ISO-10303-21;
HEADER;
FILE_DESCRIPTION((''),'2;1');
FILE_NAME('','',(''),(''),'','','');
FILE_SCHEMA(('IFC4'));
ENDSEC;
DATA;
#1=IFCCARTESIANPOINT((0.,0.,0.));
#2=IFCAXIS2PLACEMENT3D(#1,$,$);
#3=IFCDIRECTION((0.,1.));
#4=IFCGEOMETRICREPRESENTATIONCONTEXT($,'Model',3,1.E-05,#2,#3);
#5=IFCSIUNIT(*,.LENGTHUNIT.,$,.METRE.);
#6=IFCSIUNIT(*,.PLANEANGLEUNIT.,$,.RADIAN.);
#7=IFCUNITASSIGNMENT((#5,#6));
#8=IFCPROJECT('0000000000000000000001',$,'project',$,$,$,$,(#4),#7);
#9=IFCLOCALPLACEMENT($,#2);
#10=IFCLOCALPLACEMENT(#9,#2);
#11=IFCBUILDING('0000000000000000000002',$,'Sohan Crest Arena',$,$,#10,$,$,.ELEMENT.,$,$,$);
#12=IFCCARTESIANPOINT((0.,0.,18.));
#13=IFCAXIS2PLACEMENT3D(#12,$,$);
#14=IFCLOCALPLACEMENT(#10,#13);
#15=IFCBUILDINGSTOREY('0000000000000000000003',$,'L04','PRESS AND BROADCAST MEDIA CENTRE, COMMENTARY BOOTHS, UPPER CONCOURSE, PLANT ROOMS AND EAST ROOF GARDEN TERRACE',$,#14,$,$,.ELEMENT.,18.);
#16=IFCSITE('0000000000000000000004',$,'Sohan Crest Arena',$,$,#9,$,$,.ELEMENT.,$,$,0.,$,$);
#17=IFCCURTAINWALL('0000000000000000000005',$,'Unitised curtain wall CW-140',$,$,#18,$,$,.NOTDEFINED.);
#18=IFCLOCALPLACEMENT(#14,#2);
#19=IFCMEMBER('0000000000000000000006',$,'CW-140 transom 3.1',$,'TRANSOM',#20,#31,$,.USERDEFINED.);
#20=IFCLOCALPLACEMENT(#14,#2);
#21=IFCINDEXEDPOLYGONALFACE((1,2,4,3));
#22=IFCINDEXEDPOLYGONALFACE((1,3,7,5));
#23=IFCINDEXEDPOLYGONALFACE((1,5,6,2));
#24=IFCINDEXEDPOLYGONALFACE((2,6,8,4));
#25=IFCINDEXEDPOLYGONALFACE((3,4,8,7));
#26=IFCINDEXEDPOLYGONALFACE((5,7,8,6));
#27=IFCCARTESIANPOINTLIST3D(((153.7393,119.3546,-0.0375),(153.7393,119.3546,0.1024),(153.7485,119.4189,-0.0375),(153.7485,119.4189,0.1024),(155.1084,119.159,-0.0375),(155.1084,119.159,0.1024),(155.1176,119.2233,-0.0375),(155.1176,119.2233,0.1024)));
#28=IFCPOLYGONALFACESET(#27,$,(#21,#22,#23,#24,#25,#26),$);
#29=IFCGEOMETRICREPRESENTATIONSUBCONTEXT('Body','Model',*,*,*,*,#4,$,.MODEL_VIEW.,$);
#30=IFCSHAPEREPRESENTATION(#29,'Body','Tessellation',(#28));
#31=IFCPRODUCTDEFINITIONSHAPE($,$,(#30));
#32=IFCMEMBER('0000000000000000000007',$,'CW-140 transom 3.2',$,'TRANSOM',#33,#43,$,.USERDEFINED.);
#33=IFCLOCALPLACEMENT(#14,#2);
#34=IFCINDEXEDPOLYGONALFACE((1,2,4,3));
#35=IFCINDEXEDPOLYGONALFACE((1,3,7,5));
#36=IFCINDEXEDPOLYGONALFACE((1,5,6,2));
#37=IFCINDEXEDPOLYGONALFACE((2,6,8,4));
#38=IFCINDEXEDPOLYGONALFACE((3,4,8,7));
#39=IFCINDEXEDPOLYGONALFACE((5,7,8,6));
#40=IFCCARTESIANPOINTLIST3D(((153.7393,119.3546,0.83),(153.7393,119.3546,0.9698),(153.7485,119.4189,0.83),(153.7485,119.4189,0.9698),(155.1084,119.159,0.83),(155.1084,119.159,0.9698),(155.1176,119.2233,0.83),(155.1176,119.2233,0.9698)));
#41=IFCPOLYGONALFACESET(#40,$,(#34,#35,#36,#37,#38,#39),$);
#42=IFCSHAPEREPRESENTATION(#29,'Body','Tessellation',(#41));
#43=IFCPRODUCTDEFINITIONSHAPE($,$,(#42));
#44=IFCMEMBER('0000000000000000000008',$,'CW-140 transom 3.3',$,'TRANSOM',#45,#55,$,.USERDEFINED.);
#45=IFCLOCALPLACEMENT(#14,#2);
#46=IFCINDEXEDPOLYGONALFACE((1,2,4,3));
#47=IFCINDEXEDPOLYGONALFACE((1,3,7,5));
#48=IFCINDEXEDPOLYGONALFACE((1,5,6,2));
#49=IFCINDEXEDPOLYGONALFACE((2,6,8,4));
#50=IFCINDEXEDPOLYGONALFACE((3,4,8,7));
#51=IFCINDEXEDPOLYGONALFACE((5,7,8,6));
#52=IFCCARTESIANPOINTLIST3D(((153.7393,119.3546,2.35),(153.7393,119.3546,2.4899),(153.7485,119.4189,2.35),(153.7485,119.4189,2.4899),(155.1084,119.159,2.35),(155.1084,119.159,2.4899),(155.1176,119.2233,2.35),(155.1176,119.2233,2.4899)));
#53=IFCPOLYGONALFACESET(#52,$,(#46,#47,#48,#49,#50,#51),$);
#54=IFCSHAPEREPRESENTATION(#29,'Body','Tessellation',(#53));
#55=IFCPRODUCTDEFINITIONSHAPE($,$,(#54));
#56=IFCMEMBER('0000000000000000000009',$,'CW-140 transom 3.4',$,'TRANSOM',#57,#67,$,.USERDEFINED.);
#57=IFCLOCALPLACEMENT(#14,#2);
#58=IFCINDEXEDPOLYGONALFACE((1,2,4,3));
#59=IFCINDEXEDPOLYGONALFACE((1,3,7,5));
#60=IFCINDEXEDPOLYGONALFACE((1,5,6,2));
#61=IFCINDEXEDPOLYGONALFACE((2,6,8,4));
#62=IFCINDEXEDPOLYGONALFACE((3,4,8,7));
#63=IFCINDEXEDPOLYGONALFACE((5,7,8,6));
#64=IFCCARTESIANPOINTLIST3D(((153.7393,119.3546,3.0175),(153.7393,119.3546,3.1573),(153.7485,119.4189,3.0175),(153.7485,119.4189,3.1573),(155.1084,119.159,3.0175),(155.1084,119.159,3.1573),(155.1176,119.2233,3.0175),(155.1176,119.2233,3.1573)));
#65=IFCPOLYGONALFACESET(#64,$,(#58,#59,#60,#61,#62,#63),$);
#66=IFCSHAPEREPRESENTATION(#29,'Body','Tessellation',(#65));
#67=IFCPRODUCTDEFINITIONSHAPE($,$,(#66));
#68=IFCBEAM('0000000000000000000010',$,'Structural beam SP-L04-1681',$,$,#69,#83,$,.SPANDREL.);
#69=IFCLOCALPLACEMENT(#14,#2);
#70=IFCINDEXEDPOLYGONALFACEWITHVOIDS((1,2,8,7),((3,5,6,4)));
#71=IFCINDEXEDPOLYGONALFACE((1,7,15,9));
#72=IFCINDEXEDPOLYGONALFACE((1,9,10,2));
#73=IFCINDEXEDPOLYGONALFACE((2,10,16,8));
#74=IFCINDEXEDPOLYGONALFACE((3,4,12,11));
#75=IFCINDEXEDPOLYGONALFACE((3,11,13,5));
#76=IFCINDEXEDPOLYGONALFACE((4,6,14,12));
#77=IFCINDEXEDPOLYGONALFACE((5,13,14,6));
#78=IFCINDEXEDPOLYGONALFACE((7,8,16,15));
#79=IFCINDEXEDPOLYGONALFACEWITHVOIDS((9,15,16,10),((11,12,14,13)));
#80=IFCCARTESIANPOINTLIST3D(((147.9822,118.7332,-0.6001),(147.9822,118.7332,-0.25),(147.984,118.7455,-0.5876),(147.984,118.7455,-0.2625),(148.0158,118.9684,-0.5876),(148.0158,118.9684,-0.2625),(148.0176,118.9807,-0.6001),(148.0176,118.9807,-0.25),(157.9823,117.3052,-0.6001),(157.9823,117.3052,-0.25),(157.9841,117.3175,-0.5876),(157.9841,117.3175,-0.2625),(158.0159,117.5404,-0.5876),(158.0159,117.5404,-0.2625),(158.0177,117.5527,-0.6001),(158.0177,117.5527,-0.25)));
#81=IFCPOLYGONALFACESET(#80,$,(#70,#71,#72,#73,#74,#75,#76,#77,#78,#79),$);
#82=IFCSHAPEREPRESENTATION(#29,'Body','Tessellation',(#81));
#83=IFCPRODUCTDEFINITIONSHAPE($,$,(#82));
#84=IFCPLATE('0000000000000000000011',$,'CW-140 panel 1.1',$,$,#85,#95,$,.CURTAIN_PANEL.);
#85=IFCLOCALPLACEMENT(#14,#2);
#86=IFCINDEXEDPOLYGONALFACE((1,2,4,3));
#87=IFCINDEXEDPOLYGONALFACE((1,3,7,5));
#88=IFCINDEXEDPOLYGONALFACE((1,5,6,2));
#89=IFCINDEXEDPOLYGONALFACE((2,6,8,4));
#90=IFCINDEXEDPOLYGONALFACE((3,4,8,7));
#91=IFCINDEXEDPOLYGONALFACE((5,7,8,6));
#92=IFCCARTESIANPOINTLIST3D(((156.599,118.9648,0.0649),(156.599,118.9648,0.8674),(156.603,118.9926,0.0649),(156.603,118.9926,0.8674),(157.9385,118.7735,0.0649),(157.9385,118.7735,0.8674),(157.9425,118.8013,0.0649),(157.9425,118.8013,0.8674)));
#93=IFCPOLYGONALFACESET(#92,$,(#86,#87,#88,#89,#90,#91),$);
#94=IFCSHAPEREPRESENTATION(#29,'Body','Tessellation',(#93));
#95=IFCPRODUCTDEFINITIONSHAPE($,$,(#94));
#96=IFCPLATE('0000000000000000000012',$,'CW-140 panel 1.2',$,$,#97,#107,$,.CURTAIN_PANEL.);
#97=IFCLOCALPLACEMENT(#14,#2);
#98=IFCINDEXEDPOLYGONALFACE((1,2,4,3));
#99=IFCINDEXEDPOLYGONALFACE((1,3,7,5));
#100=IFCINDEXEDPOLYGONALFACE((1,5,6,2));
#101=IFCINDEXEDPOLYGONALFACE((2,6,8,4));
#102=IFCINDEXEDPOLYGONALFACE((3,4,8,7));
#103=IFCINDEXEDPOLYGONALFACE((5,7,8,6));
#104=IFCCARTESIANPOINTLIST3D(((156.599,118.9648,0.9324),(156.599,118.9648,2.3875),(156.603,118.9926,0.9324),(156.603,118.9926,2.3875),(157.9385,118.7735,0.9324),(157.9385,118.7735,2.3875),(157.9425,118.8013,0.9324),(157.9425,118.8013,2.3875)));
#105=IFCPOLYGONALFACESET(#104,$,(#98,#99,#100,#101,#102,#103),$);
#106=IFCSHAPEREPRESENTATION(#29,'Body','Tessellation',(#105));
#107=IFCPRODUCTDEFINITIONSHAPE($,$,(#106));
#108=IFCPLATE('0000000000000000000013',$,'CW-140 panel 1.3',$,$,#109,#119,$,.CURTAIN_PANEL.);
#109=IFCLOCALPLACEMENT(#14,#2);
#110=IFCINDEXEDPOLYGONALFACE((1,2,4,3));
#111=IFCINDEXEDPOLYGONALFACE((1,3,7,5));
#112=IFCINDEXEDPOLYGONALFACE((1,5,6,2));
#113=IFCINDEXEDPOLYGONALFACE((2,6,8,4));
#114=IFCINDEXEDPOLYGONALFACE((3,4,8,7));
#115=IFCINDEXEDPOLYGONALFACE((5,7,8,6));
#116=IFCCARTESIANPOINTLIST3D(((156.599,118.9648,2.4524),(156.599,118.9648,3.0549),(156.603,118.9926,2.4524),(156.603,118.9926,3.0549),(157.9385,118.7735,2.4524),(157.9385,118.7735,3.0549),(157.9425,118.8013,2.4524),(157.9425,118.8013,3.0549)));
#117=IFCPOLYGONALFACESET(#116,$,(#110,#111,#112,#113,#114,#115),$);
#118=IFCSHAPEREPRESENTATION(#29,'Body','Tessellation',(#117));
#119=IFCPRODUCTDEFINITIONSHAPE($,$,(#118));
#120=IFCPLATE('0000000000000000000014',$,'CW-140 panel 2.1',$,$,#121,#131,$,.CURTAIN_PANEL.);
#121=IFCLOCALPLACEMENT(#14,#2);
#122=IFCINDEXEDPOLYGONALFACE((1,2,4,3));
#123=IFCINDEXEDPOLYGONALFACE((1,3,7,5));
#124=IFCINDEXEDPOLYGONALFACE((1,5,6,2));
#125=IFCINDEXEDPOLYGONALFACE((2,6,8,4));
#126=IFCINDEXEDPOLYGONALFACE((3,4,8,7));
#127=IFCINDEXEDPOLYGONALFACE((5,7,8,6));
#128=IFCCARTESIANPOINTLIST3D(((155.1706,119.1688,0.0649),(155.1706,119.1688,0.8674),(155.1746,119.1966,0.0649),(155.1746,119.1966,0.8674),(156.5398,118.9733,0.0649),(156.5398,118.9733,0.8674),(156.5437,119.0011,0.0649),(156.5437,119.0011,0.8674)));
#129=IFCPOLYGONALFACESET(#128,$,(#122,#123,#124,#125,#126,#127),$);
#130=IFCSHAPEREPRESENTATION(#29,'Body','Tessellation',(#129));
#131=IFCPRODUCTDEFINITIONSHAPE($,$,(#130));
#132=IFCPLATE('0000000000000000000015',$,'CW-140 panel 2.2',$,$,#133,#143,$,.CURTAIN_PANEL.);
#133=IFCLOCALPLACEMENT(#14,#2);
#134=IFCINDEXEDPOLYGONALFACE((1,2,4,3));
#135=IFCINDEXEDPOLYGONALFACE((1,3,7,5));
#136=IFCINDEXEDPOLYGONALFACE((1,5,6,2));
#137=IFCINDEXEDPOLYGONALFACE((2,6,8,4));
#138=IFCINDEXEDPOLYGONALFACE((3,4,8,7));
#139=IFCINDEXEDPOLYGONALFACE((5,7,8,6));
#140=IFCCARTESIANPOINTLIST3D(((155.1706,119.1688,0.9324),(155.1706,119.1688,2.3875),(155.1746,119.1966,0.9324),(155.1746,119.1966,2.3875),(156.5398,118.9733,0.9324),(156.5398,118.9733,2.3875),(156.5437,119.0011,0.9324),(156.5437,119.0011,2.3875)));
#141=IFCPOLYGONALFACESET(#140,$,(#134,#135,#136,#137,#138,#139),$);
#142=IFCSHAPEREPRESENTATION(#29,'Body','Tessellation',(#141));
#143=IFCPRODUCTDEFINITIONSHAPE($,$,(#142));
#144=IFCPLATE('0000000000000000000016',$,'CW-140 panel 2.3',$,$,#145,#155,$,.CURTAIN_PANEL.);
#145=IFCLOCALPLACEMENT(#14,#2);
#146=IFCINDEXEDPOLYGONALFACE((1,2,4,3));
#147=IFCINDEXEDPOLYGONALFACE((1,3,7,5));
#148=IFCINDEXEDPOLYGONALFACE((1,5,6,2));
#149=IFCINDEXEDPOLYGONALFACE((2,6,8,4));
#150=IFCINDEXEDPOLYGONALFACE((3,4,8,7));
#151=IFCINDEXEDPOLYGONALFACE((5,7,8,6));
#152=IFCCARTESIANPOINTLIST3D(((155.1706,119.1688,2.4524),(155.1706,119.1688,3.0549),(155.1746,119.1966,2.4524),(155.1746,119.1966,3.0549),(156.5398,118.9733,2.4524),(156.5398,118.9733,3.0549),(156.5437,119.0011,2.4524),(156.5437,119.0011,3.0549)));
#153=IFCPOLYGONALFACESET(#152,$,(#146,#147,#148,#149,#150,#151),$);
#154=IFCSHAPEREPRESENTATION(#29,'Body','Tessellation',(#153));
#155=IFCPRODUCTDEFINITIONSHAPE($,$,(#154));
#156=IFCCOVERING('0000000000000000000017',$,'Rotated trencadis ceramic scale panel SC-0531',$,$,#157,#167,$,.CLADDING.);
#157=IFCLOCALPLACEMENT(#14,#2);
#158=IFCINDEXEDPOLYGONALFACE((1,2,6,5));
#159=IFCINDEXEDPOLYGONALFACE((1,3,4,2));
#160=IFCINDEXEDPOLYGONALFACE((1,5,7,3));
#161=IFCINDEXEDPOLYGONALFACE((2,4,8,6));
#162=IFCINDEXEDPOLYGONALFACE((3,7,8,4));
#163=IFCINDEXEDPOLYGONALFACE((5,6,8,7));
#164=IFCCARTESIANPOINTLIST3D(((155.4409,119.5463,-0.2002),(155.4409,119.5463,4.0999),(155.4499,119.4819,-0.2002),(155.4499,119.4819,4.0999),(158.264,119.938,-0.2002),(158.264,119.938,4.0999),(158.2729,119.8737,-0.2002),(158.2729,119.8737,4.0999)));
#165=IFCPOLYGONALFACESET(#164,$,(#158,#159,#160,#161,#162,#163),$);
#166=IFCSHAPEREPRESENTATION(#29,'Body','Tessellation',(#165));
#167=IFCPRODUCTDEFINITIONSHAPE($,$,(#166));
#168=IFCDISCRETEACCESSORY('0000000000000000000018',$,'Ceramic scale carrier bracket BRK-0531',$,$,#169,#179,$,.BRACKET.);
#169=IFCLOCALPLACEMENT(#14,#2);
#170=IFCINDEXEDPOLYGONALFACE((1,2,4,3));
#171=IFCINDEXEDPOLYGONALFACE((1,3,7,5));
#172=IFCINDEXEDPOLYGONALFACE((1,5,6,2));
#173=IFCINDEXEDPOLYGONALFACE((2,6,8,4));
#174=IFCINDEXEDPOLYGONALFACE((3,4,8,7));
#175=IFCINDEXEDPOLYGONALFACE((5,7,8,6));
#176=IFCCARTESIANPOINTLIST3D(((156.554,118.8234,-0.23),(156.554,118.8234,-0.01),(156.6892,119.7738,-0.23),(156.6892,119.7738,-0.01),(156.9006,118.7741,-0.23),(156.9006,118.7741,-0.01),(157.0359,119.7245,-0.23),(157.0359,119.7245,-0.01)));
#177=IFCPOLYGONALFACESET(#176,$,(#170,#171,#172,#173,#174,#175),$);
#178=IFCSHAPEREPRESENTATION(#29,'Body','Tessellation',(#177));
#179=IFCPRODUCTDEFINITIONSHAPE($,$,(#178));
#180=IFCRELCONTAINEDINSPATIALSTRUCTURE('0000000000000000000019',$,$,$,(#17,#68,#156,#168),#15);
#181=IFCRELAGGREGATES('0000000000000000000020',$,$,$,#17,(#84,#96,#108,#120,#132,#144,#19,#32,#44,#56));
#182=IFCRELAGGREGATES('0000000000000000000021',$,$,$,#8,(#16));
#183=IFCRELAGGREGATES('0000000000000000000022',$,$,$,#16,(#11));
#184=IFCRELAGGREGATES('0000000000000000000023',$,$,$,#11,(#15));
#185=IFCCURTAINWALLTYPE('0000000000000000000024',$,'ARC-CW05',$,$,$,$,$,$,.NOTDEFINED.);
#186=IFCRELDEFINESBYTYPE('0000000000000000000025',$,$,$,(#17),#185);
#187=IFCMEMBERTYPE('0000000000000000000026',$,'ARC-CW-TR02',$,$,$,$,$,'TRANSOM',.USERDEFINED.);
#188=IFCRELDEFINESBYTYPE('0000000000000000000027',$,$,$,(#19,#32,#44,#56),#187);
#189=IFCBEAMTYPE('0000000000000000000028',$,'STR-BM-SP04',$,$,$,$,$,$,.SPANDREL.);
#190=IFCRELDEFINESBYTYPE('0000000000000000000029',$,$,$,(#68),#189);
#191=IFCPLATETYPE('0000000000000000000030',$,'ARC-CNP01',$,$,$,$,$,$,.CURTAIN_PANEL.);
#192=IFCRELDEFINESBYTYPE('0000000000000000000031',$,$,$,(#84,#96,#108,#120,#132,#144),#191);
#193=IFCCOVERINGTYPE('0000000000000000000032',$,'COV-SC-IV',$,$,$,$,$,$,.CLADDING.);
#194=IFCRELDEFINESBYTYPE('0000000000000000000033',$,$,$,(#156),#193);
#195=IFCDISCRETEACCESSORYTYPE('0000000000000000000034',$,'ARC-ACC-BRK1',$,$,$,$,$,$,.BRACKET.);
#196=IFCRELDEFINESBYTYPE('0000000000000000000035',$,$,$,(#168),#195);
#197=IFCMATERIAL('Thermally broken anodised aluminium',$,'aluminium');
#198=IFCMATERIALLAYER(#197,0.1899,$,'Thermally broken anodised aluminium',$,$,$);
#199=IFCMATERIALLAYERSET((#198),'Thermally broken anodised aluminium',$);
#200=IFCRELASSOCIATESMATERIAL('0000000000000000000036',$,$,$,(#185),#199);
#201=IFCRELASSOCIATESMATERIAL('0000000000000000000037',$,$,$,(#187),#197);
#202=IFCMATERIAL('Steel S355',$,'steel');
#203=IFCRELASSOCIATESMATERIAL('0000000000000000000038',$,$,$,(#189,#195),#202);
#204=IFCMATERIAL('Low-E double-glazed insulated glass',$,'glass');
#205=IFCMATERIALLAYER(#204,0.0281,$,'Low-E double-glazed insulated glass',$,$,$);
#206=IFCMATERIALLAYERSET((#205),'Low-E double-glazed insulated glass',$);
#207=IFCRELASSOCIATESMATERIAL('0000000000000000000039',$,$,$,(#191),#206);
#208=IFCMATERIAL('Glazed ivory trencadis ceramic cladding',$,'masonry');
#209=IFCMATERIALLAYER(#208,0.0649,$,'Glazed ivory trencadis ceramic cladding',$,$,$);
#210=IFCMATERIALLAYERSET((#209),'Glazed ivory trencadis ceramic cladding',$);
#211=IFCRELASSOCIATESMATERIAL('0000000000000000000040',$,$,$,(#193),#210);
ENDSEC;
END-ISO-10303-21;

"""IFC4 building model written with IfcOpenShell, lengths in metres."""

from ifc_helpers import new_model, si_unit, direction, frame, origin, origin_2d, place, context, subcontext, project, spatial, rectangle, hollow_rectangle, extrude, material, layer, layer_set, material_profile, profile_set, type_object, element, aggregate, save


model = new_model("IFC4")

# Units and contexts
model_context = context("Model", 3, precision=1e-05, world=origin(), true_north=direction((0.0, 1.0)))
body_context = subcontext(model_context, "Body", "Model", "MODEL_VIEW")
ifc_project = project(units=[si_unit("LENGTHUNIT", "METRE"), si_unit("PLANEANGLEUNIT", "RADIAN")], contexts=[model_context])

# Site, building, storey
site_placement = place(None, origin())
site = spatial("IfcSite", under=ifc_project, at=site_placement, Name="Sohan Crest Arena", CompositionType="ELEMENT", RefElevation=0.0)
building_placement = place(site_placement, origin())
building = spatial("IfcBuilding", under=site, at=building_placement, Name="Sohan Crest Arena", CompositionType="ELEMENT")
storey_placement = place(building_placement, frame((0.0, 0.0, 18.0)))
storey = spatial("IfcBuildingStorey", under=building, at=storey_placement, Name="L04", Description="PRESS AND BROADCAST MEDIA CENTRE, COMMENTARY BOOTHS, UPPER CONCOURSE, PLANT ROOMS AND EAST ROOF GARDEN TERRACE", CompositionType="ELEMENT", Elevation=18.0)

# Shared definitions
ifc_material_1 = material(Name="Steel S355", Category="steel")

# Curtain wall
ifc_material_2 = material(Name="Thermally broken anodised aluminium", Category="aluminium")
ifc_layer_1 = layer(ifc_material_2, 0.1899, Name="Thermally broken anodised aluminium")
ifc_layer_set_1 = layer_set([ifc_layer_1], Name="Thermally broken anodised aluminium")
curtain_wall_type_1 = type_object("IfcCurtainWallType", Name="ARC-CW05", PredefinedType="NOTDEFINED", material=ifc_layer_set_1)
curtain_wall_1_placement = place(storey_placement, origin())
curtain_wall_1 = element("IfcCurtainWall", 1, at=curtain_wall_1_placement, inside=storey, type_object=curtain_wall_type_1, Name="Unitised curtain wall CW-140", PredefinedType="NOTDEFINED")

# Members
ifc_material_profile_1 = material_profile(ifc_material_2, rectangle(XDim=0.0649, YDim=0.1399, at=origin_2d()), Name="ALU-TRAN 65x140")
ifc_profile_set_1 = profile_set([ifc_material_profile_1], Name="Thermally broken anodised aluminium")
member_type_1 = type_object("IfcMemberType", Name="ARC-CW-TR02", ElementType="TRANSOM", PredefinedType="USERDEFINED", material=ifc_profile_set_1)
member_1_placement = place(storey_placement, frame((155.113, 119.1912, 0.0325), z_axis=(-0.989953, 0.141397, 0.0), x_axis=(-0.141397, -0.989953, 0.0)))
member_1 = element("IfcMember", 2, at=member_1_placement, type_object=member_type_1, Name="CW-140 transom 3.1", ObjectType="TRANSOM", PredefinedType="USERDEFINED", context=body_context, shape_type="SweptSolid", body=[
    extrude(rectangle(XDim=0.0649, YDim=0.1399, at=origin_2d()), origin(), (0.0, 0.0, 1.0), 1.3831),
])
member_2_placement = place(storey_placement, frame((155.113, 119.1912, 0.8999), z_axis=(-0.989953, 0.141397, 0.0), x_axis=(-0.141397, -0.989953, 0.0)))
member_2 = element("IfcMember", 3, at=member_2_placement, type_object=member_type_1, Name="CW-140 transom 3.2", ObjectType="TRANSOM", PredefinedType="USERDEFINED", context=body_context, shape_type="SweptSolid", body=[
    extrude(rectangle(XDim=0.0649, YDim=0.1399, at=origin_2d()), origin(), (0.0, 0.0, 1.0), 1.3831),
])
member_3_placement = place(storey_placement, frame((155.113, 119.1912, 2.4199), z_axis=(-0.989953, 0.141397, 0.0), x_axis=(-0.141397, -0.989953, 0.0)))
member_3 = element("IfcMember", 4, at=member_3_placement, type_object=member_type_1, Name="CW-140 transom 3.3", ObjectType="TRANSOM", PredefinedType="USERDEFINED", context=body_context, shape_type="SweptSolid", body=[
    extrude(rectangle(XDim=0.0649, YDim=0.1399, at=origin_2d()), origin(), (0.0, 0.0, 1.0), 1.3831),
])
member_4_placement = place(storey_placement, frame((155.113, 119.1912, 3.0874), z_axis=(-0.989953, 0.141397, 0.0), x_axis=(-0.141397, -0.989953, 0.0)))
member_4 = element("IfcMember", 5, at=member_4_placement, type_object=member_type_1, Name="CW-140 transom 3.4", ObjectType="TRANSOM", PredefinedType="USERDEFINED", context=body_context, shape_type="SweptSolid", body=[
    extrude(rectangle(XDim=0.0649, YDim=0.1399, at=origin_2d()), origin(), (0.0, 0.0, 1.0), 1.3831),
])

# Beam
ifc_material_profile_2 = material_profile(ifc_material_1, hollow_rectangle(XDim=0.25, YDim=0.3501, WallThickness=0.0125, at=origin_2d()), Name="RHS 350x250x12.5")
ifc_profile_set_2 = profile_set([ifc_material_profile_2], Name="Steel S355")
beam_type = type_object("IfcBeamType", Name="STR-BM-SP04", PredefinedType="SPANDREL", material=ifc_profile_set_2)
beam_placement = place(storey_placement, frame((158.0, 117.429, -0.425), z_axis=(-0.989958, 0.141364, 0.0), x_axis=(-0.141364, -0.989958, 0.0)))
element("IfcBeam", 6, at=beam_placement, inside=storey, type_object=beam_type, Name="Structural beam SP-L04-1681", PredefinedType="SPANDREL", context=body_context, shape_type="SweptSolid", body=[
    extrude(hollow_rectangle(XDim=0.25, YDim=0.3501, WallThickness=0.0125, at=origin_2d()), origin(), (0.0, 0.0, 1.0), 10.1016),
])

# Plates
ifc_material_3 = material(Name="Low-E double-glazed insulated glass", Category="glass")
ifc_layer_2 = layer(ifc_material_3, 0.0281, Name="Low-E double-glazed insulated glass")
ifc_layer_set_2 = layer_set([ifc_layer_2], Name="Low-E double-glazed insulated glass")
plate_type = type_object("IfcPlateType", Name="ARC-CNP01", PredefinedType="CURTAIN_PANEL", material=ifc_layer_set_2)
plate_1_placement = place(storey_placement, frame((157.2708, 118.8831, 0.0649), z_axis=(0.0, 0.0, 1.0), x_axis=(-0.989957, 0.141366, 0.0)))
plate_1 = element("IfcPlate", 7, at=plate_1_placement, type_object=plate_type, Name="CW-140 panel 1.1", PredefinedType="CURTAIN_PANEL", context=body_context, shape_type="SweptSolid", body=[
    extrude(rectangle(XDim=1.353, YDim=0.0281, at=origin_2d()), origin(), (0.0, 0.0, 1.0), 0.8025),
])
plate_2_placement = place(storey_placement, frame((157.2708, 118.8831, 0.9324), z_axis=(0.0, 0.0, 1.0), x_axis=(-0.989957, 0.141366, 0.0)))
plate_2 = element("IfcPlate", 8, at=plate_2_placement, type_object=plate_type, Name="CW-140 panel 1.2", PredefinedType="CURTAIN_PANEL", context=body_context, shape_type="SweptSolid", body=[
    extrude(rectangle(XDim=1.353, YDim=0.0281, at=origin_2d()), origin(), (0.0, 0.0, 1.0), 1.4551),
])
plate_3_placement = place(storey_placement, frame((157.2708, 118.8831, 2.4524), z_axis=(0.0, 0.0, 1.0), x_axis=(-0.989957, 0.141366, 0.0)))
plate_3 = element("IfcPlate", 9, at=plate_3_placement, type_object=plate_type, Name="CW-140 panel 1.3", PredefinedType="CURTAIN_PANEL", context=body_context, shape_type="SweptSolid", body=[
    extrude(rectangle(XDim=1.353, YDim=0.0281, at=origin_2d()), origin(), (0.0, 0.0, 1.0), 0.6025),
])
plate_4_placement = place(storey_placement, frame((155.8572, 119.085, 0.0649), z_axis=(0.0, 0.0, 1.0), x_axis=(-0.989957, 0.141366, 0.0)))
plate_4 = element("IfcPlate", 10, at=plate_4_placement, type_object=plate_type, Name="CW-140 panel 2.1", PredefinedType="CURTAIN_PANEL", context=body_context, shape_type="SweptSolid", body=[
    extrude(rectangle(XDim=1.3831, YDim=0.0281, at=origin_2d()), origin(), (0.0, 0.0, 1.0), 0.8025),
])
plate_5_placement = place(storey_placement, frame((155.8572, 119.085, 0.9324), z_axis=(0.0, 0.0, 1.0), x_axis=(-0.989957, 0.141366, 0.0)))
plate_5 = element("IfcPlate", 11, at=plate_5_placement, type_object=plate_type, Name="CW-140 panel 2.2", PredefinedType="CURTAIN_PANEL", context=body_context, shape_type="SweptSolid", body=[
    extrude(rectangle(XDim=1.3831, YDim=0.0281, at=origin_2d()), origin(), (0.0, 0.0, 1.0), 1.4551),
])
plate_6_placement = place(storey_placement, frame((155.8572, 119.085, 2.4524), z_axis=(0.0, 0.0, 1.0), x_axis=(-0.989957, 0.141366, 0.0)))
plate_6 = element("IfcPlate", 12, at=plate_6_placement, type_object=plate_type, Name="CW-140 panel 2.3", PredefinedType="CURTAIN_PANEL", context=body_context, shape_type="SweptSolid", body=[
    extrude(rectangle(XDim=1.3831, YDim=0.0281, at=origin_2d()), origin(), (0.0, 0.0, 1.0), 0.6025),
])
aggregate(curtain_wall_1, [plate_1, plate_2, plate_3, plate_4, plate_5, plate_6, member_1, member_2, member_3, member_4])

# Covering
ifc_material_4 = material(Name="Glazed ivory trencadis ceramic cladding", Category="masonry")
ifc_layer_3 = layer(ifc_material_4, 0.0649, Name="Glazed ivory trencadis ceramic cladding")
ifc_layer_set_3 = layer_set([ifc_layer_3], Name="Glazed ivory trencadis ceramic cladding")
covering_type = type_object("IfcCoveringType", Name="COV-SC-IV", PredefinedType="CLADDING", material=ifc_layer_set_3)
covering_placement = place(storey_placement, frame((156.8569, 119.71, -0.2002), z_axis=(0.0, 0.0, 1.0), x_axis=(-0.990509, -0.137445, 0.0)))
element("IfcCovering", 13, at=covering_placement, inside=storey, type_object=covering_type, Name="Rotated trencadis ceramic scale panel SC-0531", PredefinedType="CLADDING", context=body_context, shape_type="SweptSolid", body=[
    extrude(rectangle(XDim=2.8501, YDim=0.0649, at=origin_2d()), origin(), (0.0, 0.0, 1.0), 4.3),
])

# Discrete accessory
discrete_accessory_type = type_object("IfcDiscreteAccessoryType", Name="ARC-ACC-BRK1", PredefinedType="BRACKET", material=ifc_material_1)
discrete_accessory_placement = place(storey_placement, frame((156.7949, 119.2739, -0.23), z_axis=(0.0, 0.0, 1.0), x_axis=(-0.990024, 0.140901, 0.0)))
element("IfcDiscreteAccessory", 14, at=discrete_accessory_placement, inside=storey, type_object=discrete_accessory_type, Name="Ceramic scale carrier bracket BRK-0531", PredefinedType="BRACKET", context=body_context, shape_type="SweptSolid", body=[
    extrude(rectangle(XDim=0.3501, YDim=0.96, at=origin_2d()), origin(), (0.0, 0.0, 1.0), 0.22),
])

save(model, "model.ifc")
